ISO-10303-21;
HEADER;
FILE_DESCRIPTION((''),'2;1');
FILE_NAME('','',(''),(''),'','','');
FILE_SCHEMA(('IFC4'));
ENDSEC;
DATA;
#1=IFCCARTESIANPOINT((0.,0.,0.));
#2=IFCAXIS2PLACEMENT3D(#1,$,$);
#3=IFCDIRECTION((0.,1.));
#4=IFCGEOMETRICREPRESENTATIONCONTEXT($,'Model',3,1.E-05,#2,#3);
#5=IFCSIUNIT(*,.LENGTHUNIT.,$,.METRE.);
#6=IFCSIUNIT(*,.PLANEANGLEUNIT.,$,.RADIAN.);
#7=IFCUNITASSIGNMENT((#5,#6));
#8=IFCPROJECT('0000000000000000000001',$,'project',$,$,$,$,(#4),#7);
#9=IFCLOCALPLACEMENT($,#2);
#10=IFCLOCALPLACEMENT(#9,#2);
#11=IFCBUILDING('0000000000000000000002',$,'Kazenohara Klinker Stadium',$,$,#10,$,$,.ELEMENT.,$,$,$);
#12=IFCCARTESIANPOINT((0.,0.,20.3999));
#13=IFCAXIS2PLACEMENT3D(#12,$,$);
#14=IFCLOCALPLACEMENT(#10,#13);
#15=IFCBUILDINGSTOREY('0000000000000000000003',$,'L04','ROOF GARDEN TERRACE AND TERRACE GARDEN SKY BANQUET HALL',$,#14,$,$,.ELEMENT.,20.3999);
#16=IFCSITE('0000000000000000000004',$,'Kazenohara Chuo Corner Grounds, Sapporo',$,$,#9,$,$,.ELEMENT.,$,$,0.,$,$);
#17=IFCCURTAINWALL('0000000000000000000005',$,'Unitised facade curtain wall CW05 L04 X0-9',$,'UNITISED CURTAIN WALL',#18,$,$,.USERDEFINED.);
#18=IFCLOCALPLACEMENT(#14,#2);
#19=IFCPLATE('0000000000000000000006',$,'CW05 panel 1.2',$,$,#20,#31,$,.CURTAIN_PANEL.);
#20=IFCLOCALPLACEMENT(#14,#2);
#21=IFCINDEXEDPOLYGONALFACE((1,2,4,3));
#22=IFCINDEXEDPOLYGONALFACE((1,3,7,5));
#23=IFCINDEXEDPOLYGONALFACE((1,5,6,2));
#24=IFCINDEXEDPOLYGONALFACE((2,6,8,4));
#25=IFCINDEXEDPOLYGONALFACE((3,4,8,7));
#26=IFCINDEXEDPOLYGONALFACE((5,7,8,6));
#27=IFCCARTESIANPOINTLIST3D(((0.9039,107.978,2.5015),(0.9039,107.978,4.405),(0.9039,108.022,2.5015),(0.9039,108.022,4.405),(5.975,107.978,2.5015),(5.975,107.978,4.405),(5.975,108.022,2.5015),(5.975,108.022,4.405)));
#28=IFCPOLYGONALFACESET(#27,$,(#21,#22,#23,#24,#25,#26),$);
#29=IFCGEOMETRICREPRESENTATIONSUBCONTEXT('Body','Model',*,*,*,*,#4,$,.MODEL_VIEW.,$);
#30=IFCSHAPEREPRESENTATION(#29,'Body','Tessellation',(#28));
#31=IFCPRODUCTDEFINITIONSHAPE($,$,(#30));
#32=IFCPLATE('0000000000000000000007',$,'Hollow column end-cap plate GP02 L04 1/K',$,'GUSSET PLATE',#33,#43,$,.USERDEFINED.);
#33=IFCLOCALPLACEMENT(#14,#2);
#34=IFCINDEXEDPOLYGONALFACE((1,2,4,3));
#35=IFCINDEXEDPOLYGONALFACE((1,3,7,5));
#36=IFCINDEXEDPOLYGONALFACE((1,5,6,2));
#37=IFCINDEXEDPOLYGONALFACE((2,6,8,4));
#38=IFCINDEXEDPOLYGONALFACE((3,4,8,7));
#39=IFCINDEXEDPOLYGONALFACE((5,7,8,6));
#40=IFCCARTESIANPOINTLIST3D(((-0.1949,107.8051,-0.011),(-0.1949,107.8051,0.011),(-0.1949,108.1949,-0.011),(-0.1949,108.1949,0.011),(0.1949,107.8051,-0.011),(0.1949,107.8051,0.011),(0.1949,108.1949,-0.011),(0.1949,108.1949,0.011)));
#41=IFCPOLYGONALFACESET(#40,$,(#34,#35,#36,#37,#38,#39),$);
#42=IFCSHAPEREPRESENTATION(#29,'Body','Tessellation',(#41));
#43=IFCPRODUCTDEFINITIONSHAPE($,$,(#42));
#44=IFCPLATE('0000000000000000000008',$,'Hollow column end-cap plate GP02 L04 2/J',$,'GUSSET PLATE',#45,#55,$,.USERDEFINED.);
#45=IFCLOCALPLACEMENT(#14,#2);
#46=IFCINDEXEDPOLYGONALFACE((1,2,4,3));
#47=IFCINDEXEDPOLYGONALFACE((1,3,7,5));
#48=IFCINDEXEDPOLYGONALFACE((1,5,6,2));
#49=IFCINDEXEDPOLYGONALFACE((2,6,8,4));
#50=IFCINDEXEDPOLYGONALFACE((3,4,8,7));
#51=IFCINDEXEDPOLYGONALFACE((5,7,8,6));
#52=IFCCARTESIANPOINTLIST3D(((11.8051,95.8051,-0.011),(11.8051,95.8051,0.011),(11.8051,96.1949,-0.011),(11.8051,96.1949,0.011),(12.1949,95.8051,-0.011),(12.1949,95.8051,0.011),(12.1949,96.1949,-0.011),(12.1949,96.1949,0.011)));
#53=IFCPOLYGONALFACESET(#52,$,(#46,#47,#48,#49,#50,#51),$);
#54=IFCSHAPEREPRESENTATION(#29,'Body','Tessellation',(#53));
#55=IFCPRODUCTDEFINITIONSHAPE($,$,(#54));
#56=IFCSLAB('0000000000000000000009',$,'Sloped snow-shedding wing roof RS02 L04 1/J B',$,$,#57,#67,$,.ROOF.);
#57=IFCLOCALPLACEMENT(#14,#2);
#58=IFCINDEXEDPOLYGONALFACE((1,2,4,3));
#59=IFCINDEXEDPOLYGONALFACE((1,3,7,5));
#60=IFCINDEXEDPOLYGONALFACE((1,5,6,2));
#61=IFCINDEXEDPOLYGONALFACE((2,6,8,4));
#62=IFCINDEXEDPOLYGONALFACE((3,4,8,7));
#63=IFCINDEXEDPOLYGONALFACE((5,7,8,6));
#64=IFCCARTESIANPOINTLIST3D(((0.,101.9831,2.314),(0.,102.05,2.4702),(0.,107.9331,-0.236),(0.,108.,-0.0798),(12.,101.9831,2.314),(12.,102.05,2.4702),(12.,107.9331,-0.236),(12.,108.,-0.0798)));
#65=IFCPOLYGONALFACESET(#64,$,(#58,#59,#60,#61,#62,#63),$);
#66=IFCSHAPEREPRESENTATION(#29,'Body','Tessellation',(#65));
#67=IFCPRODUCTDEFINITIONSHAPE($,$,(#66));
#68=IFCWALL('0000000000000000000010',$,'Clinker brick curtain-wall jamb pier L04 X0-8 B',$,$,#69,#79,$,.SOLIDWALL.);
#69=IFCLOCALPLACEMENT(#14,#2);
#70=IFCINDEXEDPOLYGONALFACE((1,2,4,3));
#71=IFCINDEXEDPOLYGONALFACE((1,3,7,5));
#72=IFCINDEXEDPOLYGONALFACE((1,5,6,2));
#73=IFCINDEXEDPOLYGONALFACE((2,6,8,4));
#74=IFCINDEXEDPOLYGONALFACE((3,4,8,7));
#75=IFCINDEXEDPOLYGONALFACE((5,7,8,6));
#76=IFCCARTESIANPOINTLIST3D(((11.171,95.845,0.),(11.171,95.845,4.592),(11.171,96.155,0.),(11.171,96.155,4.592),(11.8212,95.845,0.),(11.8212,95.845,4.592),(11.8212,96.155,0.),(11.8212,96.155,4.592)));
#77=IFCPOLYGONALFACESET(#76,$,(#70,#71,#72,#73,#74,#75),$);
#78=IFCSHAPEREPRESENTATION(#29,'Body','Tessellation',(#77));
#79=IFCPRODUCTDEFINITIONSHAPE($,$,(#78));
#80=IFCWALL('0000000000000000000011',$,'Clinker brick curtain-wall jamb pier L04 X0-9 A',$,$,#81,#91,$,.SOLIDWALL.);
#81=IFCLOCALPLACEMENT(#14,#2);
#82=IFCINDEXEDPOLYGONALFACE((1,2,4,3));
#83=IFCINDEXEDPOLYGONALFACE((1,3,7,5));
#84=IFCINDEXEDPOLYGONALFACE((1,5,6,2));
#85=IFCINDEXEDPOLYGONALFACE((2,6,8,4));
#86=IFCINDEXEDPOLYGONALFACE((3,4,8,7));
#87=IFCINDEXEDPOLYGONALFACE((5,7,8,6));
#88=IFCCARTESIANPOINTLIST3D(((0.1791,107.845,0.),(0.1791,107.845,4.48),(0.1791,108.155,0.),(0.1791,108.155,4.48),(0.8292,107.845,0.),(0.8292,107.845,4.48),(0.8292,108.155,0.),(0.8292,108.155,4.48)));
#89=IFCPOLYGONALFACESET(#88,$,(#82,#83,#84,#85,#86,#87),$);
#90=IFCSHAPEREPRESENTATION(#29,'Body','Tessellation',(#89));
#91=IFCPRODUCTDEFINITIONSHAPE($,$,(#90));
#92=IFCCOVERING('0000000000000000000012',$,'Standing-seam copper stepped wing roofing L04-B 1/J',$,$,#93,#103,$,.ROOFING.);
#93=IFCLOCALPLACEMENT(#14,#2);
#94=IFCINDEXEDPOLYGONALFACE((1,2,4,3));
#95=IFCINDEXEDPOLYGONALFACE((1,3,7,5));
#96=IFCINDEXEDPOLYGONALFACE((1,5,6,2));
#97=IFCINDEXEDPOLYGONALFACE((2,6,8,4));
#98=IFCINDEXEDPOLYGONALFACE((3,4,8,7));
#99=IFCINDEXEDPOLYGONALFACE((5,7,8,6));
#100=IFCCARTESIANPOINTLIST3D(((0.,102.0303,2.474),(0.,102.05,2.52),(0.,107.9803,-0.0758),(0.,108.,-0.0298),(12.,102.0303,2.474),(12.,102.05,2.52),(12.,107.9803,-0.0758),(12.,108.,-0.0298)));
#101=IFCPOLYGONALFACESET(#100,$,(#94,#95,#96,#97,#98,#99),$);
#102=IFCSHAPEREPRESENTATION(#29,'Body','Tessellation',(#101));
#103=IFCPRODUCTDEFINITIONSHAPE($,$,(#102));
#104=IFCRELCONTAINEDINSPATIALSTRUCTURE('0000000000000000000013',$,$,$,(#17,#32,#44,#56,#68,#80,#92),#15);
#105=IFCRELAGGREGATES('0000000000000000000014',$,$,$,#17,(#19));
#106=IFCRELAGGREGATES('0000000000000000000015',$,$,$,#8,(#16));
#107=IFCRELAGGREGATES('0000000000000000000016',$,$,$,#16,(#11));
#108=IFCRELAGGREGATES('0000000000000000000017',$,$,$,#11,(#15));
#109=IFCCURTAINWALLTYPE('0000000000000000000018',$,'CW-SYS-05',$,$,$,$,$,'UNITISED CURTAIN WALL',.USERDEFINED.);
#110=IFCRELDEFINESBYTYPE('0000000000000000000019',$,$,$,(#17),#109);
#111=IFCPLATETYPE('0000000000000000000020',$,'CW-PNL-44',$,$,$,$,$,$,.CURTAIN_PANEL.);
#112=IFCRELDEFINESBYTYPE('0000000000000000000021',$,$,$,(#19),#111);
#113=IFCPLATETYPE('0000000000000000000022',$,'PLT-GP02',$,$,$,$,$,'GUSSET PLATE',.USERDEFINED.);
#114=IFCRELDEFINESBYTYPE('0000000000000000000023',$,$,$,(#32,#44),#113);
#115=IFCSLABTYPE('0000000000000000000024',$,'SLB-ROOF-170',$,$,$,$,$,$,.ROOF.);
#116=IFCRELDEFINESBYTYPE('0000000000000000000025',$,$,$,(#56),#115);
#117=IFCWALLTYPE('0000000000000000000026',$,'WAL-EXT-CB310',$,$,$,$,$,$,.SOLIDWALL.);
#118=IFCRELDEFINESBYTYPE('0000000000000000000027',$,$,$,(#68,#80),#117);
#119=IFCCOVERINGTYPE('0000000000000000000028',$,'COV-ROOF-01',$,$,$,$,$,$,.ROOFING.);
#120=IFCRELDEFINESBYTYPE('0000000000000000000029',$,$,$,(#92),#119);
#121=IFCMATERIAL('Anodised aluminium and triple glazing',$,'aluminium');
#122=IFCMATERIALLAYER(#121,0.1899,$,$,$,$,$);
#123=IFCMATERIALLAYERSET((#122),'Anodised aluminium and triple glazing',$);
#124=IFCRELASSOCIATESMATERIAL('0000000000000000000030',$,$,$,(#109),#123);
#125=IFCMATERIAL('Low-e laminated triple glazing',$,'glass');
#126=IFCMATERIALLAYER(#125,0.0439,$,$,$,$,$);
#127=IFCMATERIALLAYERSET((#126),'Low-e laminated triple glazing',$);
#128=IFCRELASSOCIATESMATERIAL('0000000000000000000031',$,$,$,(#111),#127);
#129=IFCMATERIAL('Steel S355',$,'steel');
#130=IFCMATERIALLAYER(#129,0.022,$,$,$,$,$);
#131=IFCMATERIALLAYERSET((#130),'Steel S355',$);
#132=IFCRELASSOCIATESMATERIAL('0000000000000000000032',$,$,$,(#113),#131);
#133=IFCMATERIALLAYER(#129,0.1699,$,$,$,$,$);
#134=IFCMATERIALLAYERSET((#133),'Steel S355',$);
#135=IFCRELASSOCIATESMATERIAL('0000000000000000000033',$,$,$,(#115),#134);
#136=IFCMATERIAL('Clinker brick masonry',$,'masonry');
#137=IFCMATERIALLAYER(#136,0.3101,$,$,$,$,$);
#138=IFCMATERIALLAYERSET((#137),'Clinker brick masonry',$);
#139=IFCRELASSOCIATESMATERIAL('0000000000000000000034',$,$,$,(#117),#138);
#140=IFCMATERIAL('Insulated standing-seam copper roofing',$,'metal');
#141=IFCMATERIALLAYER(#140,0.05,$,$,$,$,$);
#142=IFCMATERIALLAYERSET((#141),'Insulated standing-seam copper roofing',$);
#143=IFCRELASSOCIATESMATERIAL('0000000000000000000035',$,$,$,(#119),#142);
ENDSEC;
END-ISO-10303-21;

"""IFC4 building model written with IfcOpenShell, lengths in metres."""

from ifc_helpers import new_model, si_unit, direction, frame, frame_2d, origin, origin_2d, place, context, subcontext, project, spatial, polyline, rectangle, outline, extrude, material, layer, layer_set, type_object, element, aggregate, save


model = new_model("IFC4")

# Units and contexts
model_context = context("Model", 3, precision=1e-05, world=origin(), true_north=direction((0.0, 1.0)))
body_context = subcontext(model_context, "Body", "Model", "MODEL_VIEW")
ifc_project = project(units=[si_unit("LENGTHUNIT", "METRE"), si_unit("PLANEANGLEUNIT", "RADIAN")], contexts=[model_context])

# Site, building, storey
site_placement = place(None, origin())
site = spatial("IfcSite", under=ifc_project, at=site_placement, Name="Kazenohara Chuo Corner Grounds, Sapporo", CompositionType="ELEMENT", RefElevation=0.0)
building_placement = place(site_placement, origin())
building = spatial("IfcBuilding", under=site, at=building_placement, Name="Kazenohara Klinker Stadium", CompositionType="ELEMENT")
storey_placement = place(building_placement, frame((0.0, 0.0, 20.3999)))
storey = spatial("IfcBuildingStorey", under=building, at=storey_placement, Name="L04", Description="ROOF GARDEN TERRACE AND TERRACE GARDEN SKY BANQUET HALL", CompositionType="ELEMENT", Elevation=20.3999)

# Shared definitions
ifc_material_1 = material(Name="Steel S355", Category="steel")

# Shared definitions
ifc_material_2 = material(Name="Anodised aluminium and triple glazing", Category="aluminium")

# Curtain wall
ifc_layer_1 = layer(ifc_material_2, 0.1899)
ifc_layer_set_1 = layer_set([ifc_layer_1], Name="Anodised aluminium and triple glazing")
curtain_wall_type_1 = type_object("IfcCurtainWallType", Name="CW-SYS-05", ElementType="UNITISED CURTAIN WALL", PredefinedType="USERDEFINED", material=ifc_layer_set_1)
curtain_wall_1_placement = place(storey_placement, origin())
curtain_wall_1 = element("IfcCurtainWall", 1, at=curtain_wall_1_placement, inside=storey, type_object=curtain_wall_type_1, Name="Unitised facade curtain wall CW05 L04 X0-9", ObjectType="UNITISED CURTAIN WALL", PredefinedType="USERDEFINED")

# Plate
ifc_material_3 = material(Name="Low-e laminated triple glazing", Category="glass")
ifc_layer_2 = layer(ifc_material_3, 0.0439)
ifc_layer_set_2 = layer_set([ifc_layer_2], Name="Low-e laminated triple glazing")
plate_type_1 = type_object("IfcPlateType", Name="CW-PNL-44", PredefinedType="CURTAIN_PANEL", material=ifc_layer_set_2)
plate_1_placement = place(storey_placement, frame((3.4395, 108.0, 2.5015), z_axis=(0.0, 0.0, 1.0), x_axis=(1.0, 0.0, 0.0)))
plate_1 = element("IfcPlate", 2, at=plate_1_placement, type_object=plate_type_1, Name="CW05 panel 1.2", PredefinedType="CURTAIN_PANEL", context=body_context, shape_type="SweptSolid", body=[
    extrude(rectangle(XDim=5.071, YDim=0.0439, at=origin_2d()), origin(), (0.0, 0.0, 1.0), 1.9036),
])
aggregate(curtain_wall_1, [plate_1])

# Plates
ifc_layer_3 = layer(ifc_material_1, 0.022)
ifc_layer_set_3 = layer_set([ifc_layer_3], Name="Steel S355")
plate_type_2 = type_object("IfcPlateType", Name="PLT-GP02", ElementType="GUSSET PLATE", PredefinedType="USERDEFINED", material=ifc_layer_set_3)
for number, where, z_axis, x_axis, name in (
    (3, (0.0, 108.0, -0.011), (0.0, 0.0, 1.0), (1.0, 0.0, 0.0), "Hollow column end-cap plate GP02 L04 1/K"),
    (4, (12.0, 96.0, -0.011), (0.0, 0.0, 1.0), (1.0, 0.0, 0.0), "Hollow column end-cap plate GP02 L04 2/J"),
):
    element("IfcPlate", number, at=place(storey_placement, frame(where, z_axis=z_axis, x_axis=x_axis)), inside=storey, type_object=plate_type_2, Name=name, ObjectType="GUSSET PLATE", PredefinedType="USERDEFINED", context=body_context, shape_type="SweptSolid", body=[
        extrude(rectangle(XDim=0.3899, YDim=0.3899, at=origin_2d()), origin(), (0.0, 0.0, 1.0), 0.022),
    ])

# Slab
ifc_layer_4 = layer(ifc_material_1, 0.1699)
ifc_layer_set_4 = layer_set([ifc_layer_4], Name="Steel S355")
slab_type = type_object("IfcSlabType", Name="SLB-ROOF-170", PredefinedType="ROOF", material=ifc_layer_set_4)
slab_placement = place(storey_placement, frame((0.0, 102.05, 2.4702), z_axis=(0.0, 0.393928, 0.919141), x_axis=(1.0, 0.0, 0.0)))
element("IfcSlab", 5, at=slab_placement, inside=storey, type_object=slab_type, Name="Sloped snow-shedding wing roof RS02 L04 1/J B", PredefinedType="ROOF", context=body_context, shape_type="SweptSolid", body=[
    extrude(outline(polyline([(0.0, 0.0), (12.0, 0.0), (12.0, 6.4734), (0.0, 6.4734), (0.0, 0.0)])), origin(), (0.0, 0.0, -1.0), 0.1699),
])

# Walls
ifc_material_4 = material(Name="Clinker brick masonry", Category="masonry")
ifc_layer_5 = layer(ifc_material_4, 0.3101)
ifc_layer_set_5 = layer_set([ifc_layer_5], Name="Clinker brick masonry")
wall_type = type_object("IfcWallType", Name="WAL-EXT-CB310", PredefinedType="SOLIDWALL", material=ifc_layer_set_5)
wall_1_placement = place(storey_placement, frame((11.1709, 96.0, 0.0), z_axis=(0.0, 0.0, 1.0), x_axis=(1.0, 0.0, 0.0)))
element("IfcWall", 6, at=wall_1_placement, inside=storey, type_object=wall_type, Name="Clinker brick curtain-wall jamb pier L04 X0-8 B", PredefinedType="SOLIDWALL", context=body_context, shape_type="SweptSolid", body=[
    extrude(rectangle(XDim=0.6501, YDim=0.3101, at=frame_2d((0.3252, 0.0))), origin(), (0.0, 0.0, 1.0), 4.592),
])
wall_2_placement = place(storey_placement, frame((0.179, 108.0, 0.0), z_axis=(0.0, 0.0, 1.0), x_axis=(1.0, 0.0, 0.0)))
element("IfcWall", 7, at=wall_2_placement, inside=storey, type_object=wall_type, Name="Clinker brick curtain-wall jamb pier L04 X0-9 A", PredefinedType="SOLIDWALL", context=body_context, shape_type="SweptSolid", body=[
    extrude(rectangle(XDim=0.6501, YDim=0.3101, at=frame_2d((0.3252, 0.0))), origin(), (0.0, 0.0, 1.0), 4.48),
])

# Covering
ifc_material_5 = material(Name="Insulated standing-seam copper roofing", Category="metal")
ifc_layer_6 = layer(ifc_material_5, 0.05)
ifc_layer_set_6 = layer_set([ifc_layer_6], Name="Insulated standing-seam copper roofing")
covering_type = type_object("IfcCoveringType", Name="COV-ROOF-01", PredefinedType="ROOFING", material=ifc_layer_set_6)
covering_placement = place(storey_placement, frame((0.0, 102.05, 2.52), z_axis=(0.0, 0.393897, 0.919155), x_axis=(1.0, 0.0, 0.0)))
element("IfcCovering", 8, at=covering_placement, inside=storey, type_object=covering_type, Name="Standing-seam copper stepped wing roofing L04-B 1/J", PredefinedType="ROOFING", context=body_context, shape_type="SweptSolid", body=[
    extrude(outline(polyline([(0.0, 0.0), (12.0, 0.0), (12.0, 6.4733), (0.0, 6.4733), (0.0, 0.0)])), origin(), (0.0, 0.0, -1.0), 0.05),
])

save(model, "model.ifc")
